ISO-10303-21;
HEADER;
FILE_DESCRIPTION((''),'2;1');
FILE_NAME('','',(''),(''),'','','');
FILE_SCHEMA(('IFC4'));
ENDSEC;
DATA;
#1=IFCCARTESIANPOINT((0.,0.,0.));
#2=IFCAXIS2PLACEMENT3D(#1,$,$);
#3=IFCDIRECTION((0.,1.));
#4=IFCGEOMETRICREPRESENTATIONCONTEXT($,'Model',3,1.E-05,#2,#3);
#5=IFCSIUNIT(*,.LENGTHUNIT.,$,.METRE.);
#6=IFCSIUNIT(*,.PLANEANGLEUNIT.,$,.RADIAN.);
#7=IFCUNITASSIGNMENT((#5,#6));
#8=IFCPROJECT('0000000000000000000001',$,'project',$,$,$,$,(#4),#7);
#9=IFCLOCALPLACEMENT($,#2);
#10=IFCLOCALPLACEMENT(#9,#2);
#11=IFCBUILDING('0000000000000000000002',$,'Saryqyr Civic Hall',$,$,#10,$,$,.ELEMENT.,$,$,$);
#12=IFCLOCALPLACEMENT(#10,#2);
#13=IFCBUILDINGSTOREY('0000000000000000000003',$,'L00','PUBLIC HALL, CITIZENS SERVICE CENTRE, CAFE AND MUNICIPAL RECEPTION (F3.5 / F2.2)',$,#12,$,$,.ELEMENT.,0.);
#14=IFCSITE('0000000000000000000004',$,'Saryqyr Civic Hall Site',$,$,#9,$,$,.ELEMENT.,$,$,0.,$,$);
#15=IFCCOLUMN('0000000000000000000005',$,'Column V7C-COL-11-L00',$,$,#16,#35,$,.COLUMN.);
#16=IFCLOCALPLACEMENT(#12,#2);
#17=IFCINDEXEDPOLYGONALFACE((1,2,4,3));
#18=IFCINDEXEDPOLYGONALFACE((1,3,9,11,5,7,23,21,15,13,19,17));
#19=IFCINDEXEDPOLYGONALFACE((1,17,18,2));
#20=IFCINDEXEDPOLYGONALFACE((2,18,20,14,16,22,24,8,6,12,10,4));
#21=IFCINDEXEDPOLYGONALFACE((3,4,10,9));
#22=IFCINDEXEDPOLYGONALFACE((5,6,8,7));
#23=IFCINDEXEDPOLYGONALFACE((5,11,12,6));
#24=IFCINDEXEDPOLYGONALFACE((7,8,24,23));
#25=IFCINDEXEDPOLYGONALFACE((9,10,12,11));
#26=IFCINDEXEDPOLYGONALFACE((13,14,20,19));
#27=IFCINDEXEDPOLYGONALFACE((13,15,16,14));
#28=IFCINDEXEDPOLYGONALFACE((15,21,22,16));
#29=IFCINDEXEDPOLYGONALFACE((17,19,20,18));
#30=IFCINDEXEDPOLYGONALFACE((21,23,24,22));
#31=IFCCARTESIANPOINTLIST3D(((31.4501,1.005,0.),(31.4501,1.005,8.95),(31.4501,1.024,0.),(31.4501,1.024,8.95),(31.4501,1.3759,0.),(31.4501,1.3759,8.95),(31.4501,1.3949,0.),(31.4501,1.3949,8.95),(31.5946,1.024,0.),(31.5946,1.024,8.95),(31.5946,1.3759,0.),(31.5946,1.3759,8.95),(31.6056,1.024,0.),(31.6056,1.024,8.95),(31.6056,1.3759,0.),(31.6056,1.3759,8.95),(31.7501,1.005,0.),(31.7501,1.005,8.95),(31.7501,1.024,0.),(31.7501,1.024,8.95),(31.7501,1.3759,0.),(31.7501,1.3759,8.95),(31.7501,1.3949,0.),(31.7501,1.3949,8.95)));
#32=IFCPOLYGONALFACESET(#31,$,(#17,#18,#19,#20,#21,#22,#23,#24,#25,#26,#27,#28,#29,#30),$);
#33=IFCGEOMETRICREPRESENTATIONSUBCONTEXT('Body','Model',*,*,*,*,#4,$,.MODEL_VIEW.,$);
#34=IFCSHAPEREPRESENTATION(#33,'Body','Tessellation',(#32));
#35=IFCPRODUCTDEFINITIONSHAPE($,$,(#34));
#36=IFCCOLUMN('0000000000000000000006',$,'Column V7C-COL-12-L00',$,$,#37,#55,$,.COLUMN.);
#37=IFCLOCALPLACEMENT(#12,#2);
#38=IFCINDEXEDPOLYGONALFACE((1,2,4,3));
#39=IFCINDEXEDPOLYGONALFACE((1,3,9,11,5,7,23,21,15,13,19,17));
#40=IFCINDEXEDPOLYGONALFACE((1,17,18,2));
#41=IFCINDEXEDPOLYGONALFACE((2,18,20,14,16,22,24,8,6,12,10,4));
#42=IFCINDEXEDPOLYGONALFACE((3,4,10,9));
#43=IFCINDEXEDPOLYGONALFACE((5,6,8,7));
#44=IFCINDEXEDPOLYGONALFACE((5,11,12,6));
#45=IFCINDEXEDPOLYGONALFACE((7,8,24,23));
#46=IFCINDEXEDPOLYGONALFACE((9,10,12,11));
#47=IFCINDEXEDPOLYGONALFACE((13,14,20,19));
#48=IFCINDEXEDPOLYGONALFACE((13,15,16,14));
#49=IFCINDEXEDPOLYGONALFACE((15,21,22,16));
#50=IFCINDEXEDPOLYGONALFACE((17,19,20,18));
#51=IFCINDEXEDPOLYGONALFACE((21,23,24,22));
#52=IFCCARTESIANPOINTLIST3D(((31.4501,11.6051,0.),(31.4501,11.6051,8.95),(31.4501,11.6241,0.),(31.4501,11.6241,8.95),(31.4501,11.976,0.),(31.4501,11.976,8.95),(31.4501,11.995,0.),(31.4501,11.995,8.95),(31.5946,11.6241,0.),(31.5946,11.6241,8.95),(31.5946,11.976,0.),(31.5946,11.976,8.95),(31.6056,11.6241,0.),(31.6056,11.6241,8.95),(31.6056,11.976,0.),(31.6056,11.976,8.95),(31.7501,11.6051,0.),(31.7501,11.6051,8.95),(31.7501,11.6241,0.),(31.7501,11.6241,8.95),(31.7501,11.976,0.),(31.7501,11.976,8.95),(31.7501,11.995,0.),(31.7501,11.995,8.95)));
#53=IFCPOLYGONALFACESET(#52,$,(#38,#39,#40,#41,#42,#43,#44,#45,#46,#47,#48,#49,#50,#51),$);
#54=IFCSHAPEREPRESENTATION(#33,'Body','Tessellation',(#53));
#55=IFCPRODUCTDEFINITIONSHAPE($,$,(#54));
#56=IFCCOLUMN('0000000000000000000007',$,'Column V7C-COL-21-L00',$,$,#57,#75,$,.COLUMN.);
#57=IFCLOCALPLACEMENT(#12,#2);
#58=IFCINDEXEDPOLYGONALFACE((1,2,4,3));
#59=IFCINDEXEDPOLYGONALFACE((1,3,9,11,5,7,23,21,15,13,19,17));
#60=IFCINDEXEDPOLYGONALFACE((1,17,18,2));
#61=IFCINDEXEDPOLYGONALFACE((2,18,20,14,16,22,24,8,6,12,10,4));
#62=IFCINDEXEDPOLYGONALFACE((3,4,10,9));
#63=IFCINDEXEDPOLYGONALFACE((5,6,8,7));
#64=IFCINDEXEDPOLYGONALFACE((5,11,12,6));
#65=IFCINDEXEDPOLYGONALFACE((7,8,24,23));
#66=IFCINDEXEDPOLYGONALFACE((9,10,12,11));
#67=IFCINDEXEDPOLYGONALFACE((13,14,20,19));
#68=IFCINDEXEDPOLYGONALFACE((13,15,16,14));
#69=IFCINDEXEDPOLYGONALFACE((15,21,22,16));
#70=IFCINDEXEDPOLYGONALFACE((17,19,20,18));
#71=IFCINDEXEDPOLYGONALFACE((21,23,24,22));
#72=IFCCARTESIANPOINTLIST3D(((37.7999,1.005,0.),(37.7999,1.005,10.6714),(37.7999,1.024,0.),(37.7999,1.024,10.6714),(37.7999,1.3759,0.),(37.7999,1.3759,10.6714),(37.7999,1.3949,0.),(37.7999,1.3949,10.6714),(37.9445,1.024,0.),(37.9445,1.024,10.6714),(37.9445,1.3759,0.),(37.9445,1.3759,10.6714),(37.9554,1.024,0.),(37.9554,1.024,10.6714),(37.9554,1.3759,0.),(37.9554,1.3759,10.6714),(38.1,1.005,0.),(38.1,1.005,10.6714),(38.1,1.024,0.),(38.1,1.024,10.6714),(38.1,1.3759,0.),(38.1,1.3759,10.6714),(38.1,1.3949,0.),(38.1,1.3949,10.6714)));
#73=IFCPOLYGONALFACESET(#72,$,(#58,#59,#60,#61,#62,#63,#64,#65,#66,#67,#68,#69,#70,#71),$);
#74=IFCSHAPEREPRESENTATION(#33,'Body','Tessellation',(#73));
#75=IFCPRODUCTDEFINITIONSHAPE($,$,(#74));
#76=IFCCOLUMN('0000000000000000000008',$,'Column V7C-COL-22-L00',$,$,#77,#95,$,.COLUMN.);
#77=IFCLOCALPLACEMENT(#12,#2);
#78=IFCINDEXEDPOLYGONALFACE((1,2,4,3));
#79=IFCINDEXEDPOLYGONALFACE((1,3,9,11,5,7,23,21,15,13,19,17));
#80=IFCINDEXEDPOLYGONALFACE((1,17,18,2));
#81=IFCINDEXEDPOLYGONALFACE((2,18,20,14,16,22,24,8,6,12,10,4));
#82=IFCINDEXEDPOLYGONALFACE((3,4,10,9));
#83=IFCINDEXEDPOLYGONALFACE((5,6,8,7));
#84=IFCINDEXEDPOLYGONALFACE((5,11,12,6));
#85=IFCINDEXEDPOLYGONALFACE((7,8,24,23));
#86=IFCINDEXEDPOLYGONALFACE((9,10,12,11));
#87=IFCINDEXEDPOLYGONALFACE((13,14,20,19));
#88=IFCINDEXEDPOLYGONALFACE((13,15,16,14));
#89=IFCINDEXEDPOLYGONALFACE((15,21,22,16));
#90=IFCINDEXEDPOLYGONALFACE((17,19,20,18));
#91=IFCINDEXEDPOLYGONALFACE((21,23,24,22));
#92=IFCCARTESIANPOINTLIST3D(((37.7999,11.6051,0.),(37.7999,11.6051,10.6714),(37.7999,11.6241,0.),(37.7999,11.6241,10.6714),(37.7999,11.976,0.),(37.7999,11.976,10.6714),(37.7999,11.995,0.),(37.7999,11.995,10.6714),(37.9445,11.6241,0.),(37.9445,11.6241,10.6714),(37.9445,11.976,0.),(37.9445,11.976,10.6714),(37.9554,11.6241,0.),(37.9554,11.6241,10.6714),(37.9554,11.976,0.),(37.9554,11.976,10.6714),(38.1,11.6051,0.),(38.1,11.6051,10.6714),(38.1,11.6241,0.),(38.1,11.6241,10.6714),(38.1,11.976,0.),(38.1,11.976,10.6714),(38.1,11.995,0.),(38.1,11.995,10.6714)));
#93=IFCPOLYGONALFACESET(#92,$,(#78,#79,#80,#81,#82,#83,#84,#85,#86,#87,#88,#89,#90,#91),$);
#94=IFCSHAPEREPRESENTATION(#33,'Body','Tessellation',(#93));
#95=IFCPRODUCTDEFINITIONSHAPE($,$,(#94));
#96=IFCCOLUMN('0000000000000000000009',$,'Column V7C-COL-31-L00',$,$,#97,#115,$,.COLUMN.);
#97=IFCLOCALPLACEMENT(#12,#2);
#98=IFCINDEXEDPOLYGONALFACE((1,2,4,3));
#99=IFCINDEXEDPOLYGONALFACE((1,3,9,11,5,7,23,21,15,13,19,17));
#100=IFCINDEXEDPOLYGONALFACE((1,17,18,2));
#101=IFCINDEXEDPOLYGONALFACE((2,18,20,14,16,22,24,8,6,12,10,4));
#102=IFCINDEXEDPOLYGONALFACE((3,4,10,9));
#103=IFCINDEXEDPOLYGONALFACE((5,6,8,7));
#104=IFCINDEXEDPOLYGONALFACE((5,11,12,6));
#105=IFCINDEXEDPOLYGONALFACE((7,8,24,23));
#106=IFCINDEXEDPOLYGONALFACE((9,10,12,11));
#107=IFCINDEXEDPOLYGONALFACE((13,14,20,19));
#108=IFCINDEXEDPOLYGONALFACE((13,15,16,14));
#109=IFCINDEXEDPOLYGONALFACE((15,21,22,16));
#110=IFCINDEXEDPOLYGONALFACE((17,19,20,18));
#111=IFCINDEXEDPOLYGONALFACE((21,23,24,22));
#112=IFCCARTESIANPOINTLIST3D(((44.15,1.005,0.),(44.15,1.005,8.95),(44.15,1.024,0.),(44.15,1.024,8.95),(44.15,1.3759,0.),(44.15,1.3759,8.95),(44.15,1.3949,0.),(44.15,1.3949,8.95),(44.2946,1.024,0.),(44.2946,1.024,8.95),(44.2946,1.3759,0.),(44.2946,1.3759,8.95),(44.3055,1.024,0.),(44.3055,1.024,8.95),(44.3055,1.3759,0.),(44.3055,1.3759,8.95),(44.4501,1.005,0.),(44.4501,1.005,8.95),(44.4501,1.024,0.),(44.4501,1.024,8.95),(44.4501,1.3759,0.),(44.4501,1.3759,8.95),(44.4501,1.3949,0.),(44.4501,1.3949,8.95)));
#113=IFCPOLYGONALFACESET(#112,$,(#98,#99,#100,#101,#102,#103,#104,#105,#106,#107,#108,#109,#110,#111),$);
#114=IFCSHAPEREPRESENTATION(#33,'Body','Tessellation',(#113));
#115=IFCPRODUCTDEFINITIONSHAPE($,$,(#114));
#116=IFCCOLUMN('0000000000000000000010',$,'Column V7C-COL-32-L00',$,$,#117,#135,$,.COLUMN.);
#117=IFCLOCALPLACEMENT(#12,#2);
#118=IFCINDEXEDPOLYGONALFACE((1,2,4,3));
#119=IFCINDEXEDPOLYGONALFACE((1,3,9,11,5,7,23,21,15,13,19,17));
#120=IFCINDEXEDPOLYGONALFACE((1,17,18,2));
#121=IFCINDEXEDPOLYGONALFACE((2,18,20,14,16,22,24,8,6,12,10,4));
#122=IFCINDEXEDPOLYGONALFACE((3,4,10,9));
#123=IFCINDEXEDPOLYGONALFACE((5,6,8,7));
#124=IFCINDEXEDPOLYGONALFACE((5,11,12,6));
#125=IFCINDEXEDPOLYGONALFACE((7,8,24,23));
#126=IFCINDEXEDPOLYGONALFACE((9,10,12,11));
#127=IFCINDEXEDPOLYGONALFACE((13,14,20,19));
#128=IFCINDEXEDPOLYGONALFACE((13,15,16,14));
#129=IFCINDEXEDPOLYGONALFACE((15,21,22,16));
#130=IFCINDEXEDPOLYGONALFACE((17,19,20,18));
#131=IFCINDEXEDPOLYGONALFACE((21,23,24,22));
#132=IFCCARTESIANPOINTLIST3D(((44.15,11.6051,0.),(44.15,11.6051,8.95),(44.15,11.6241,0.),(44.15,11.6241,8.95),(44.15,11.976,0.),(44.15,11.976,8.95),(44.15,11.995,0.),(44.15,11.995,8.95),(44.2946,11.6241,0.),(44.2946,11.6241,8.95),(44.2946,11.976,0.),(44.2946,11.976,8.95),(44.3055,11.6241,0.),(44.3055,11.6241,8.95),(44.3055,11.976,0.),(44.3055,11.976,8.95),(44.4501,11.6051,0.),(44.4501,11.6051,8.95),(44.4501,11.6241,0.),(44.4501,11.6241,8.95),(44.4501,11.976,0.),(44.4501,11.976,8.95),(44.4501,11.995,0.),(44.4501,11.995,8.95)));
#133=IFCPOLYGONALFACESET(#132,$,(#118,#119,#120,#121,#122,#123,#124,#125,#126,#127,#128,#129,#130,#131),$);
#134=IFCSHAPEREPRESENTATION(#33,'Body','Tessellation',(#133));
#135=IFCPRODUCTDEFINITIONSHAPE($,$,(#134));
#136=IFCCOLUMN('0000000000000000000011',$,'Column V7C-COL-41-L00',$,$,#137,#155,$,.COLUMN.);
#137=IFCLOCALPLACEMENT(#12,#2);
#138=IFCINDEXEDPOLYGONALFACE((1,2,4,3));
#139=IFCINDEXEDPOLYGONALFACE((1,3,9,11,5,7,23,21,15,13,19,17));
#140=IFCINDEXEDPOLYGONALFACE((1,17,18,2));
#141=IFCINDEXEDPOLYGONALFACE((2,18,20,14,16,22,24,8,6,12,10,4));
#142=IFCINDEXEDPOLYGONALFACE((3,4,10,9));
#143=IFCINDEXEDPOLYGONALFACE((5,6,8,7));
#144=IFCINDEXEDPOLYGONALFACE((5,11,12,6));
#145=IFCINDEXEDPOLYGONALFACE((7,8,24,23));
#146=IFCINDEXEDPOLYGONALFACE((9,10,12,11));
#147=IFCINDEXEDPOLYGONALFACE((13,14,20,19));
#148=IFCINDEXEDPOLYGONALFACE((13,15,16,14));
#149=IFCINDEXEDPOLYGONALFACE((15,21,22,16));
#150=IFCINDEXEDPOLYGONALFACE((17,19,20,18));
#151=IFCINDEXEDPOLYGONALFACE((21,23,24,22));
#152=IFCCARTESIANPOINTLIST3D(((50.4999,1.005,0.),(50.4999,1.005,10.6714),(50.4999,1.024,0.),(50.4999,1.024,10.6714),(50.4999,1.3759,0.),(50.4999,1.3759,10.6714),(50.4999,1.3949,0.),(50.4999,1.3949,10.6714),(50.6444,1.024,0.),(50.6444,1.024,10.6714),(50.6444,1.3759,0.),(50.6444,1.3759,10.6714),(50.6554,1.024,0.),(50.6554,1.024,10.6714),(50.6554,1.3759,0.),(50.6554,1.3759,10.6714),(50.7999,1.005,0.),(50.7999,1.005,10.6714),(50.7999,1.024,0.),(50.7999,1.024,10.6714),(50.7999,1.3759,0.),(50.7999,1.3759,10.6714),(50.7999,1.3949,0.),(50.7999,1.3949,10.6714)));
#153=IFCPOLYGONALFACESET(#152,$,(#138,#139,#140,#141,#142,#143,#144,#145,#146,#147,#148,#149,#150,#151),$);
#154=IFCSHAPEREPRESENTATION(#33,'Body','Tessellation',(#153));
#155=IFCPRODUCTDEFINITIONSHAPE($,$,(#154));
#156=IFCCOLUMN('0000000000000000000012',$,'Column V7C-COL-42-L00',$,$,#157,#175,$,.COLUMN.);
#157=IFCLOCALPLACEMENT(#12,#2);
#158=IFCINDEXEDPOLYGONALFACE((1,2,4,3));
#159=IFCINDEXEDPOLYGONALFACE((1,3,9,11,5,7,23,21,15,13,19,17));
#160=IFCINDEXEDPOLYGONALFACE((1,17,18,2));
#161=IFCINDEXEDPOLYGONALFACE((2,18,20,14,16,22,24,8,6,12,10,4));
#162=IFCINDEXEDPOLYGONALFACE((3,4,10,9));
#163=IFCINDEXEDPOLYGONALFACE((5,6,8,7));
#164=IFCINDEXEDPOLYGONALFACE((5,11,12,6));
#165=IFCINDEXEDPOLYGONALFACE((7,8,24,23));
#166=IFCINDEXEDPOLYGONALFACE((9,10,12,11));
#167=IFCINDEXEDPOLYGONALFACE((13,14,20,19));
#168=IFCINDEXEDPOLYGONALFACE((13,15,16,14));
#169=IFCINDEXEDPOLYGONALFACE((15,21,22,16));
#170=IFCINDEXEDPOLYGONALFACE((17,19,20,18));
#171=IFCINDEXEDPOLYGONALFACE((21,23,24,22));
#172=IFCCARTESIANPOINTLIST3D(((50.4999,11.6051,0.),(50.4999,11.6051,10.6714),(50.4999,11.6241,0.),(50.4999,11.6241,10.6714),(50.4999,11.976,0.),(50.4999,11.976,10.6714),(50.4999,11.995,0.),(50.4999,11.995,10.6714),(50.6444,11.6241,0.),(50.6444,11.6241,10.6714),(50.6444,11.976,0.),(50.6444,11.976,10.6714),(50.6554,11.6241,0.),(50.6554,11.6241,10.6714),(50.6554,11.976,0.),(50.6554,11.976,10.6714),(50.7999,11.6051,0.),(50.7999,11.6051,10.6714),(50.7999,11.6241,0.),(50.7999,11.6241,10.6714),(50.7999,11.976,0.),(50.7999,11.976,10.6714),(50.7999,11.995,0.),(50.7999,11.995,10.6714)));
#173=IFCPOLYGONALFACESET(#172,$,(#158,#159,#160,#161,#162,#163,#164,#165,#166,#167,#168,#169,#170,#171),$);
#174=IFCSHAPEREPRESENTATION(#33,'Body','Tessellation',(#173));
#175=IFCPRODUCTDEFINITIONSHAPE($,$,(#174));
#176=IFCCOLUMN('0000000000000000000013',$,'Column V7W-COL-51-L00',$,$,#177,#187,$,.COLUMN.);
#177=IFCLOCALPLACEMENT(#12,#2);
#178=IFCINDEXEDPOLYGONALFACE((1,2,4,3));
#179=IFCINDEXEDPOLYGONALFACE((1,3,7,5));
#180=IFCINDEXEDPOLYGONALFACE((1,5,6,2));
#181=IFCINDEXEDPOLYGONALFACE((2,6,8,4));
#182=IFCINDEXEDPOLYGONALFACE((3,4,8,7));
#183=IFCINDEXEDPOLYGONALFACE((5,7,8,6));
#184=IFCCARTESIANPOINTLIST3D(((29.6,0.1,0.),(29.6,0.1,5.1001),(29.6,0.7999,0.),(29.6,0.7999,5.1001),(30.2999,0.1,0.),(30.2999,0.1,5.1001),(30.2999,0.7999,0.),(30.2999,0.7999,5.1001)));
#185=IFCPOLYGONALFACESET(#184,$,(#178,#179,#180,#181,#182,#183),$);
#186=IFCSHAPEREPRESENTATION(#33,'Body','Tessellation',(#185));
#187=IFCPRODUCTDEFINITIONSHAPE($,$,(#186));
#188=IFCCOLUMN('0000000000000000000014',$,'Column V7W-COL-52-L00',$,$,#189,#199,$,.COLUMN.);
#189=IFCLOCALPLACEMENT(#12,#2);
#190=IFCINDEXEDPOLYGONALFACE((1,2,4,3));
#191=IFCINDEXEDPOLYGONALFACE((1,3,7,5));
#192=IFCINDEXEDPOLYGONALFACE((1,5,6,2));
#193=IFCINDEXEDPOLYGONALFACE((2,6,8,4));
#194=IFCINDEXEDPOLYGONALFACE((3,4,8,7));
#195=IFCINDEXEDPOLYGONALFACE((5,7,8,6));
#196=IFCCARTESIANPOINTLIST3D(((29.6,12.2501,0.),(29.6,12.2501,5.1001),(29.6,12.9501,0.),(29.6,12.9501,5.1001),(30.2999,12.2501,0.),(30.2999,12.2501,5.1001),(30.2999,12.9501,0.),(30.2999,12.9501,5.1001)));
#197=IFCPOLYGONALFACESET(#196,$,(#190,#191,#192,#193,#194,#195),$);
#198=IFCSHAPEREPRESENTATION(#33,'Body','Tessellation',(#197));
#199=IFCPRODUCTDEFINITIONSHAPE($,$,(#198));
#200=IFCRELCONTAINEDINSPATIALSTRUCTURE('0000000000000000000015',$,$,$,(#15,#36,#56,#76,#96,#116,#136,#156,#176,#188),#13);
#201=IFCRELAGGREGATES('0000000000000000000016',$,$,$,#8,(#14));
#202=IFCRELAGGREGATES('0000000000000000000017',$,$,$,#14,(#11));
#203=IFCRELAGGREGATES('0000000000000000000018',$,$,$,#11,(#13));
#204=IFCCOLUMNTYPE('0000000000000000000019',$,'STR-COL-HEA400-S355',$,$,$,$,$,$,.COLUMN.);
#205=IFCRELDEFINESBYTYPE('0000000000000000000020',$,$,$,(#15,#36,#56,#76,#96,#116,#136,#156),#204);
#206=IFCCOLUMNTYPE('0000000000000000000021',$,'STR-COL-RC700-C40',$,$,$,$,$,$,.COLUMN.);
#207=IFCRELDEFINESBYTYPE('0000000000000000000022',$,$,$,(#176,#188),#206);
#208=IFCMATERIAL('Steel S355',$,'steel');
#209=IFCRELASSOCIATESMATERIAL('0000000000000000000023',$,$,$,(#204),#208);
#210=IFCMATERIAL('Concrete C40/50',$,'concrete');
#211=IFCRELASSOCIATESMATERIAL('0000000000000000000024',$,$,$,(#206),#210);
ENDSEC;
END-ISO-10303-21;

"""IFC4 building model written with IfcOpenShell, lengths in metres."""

from ifc_helpers import new_model, si_unit, direction, frame, origin, origin_2d, place, context, subcontext, project, spatial, rectangle, i_section, extrude, material, material_profile, profile_set, type_object, element, save


model = new_model("IFC4")

# Units and contexts
model_context = context("Model", 3, precision=1e-05, world=origin(), true_north=direction((0.0, 1.0)))
body_context = subcontext(model_context, "Body", "Model", "MODEL_VIEW")
ifc_project = project(units=[si_unit("LENGTHUNIT", "METRE"), si_unit("PLANEANGLEUNIT", "RADIAN")], contexts=[model_context])

# Site, building, storey
site_placement = place(None, origin())
site = spatial("IfcSite", under=ifc_project, at=site_placement, Name="Saryqyr Civic Hall Site", CompositionType="ELEMENT", RefElevation=0.0)
building_placement = place(site_placement, origin())
building = spatial("IfcBuilding", under=site, at=building_placement, Name="Saryqyr Civic Hall", CompositionType="ELEMENT")
storey_placement = place(building_placement, origin())
storey = spatial("IfcBuildingStorey", under=building, at=storey_placement, Name="L00", Description="PUBLIC HALL, CITIZENS SERVICE CENTRE, CAFE AND MUNICIPAL RECEPTION (F3.5 / F2.2)", CompositionType="ELEMENT", Elevation=0.0)

# Columns
ifc_material_1 = material(Name="Steel S355", Category="steel")
ifc_material_profile_1 = material_profile(ifc_material_1, i_section(OverallWidth=0.3, OverallDepth=0.3899, WebThickness=0.011, FlangeThickness=0.019, at=origin_2d()), Name="HEA 400")
ifc_profile_set_1 = profile_set([ifc_material_profile_1], Name="Steel S355")
column_type_1 = type_object("IfcColumnType", Name="STR-COL-HEA400-S355", PredefinedType="COLUMN", material=ifc_profile_set_1)
for number, where, z_axis, x_axis, name in (
    (1, (31.6001, 1.2, 0.0), (0.0, 0.0, 1.0), (1.0, 0.0, 0.0), "Column V7C-COL-11-L00"),
    (2, (31.6001, 11.8, 0.0), (0.0, 0.0, 1.0), (1.0, 0.0, 0.0), "Column V7C-COL-12-L00"),
):
    element("IfcColumn", number, at=place(storey_placement, frame(where, z_axis=z_axis, x_axis=x_axis)), inside=storey, type_object=column_type_1, Name=name, PredefinedType="COLUMN", context=body_context, shape_type="SweptSolid", body=[
        extrude(i_section(OverallWidth=0.3, OverallDepth=0.3899, WebThickness=0.011, FlangeThickness=0.019, at=origin_2d()), origin(), (0.0, 0.0, 1.0), 8.95),
    ])
for number, where, z_axis, x_axis, name in (
    (3, (37.95, 1.2, 0.0), (0.0, 0.0, 1.0), (1.0, 0.0, 0.0), "Column V7C-COL-21-L00"),
    (4, (37.95, 11.8, 0.0), (0.0, 0.0, 1.0), (1.0, 0.0, 0.0), "Column V7C-COL-22-L00"),
):
    element("IfcColumn", number, at=place(storey_placement, frame(where, z_axis=z_axis, x_axis=x_axis)), inside=storey, type_object=column_type_1, Name=name, PredefinedType="COLUMN", context=body_context, shape_type="SweptSolid", body=[
        extrude(i_section(OverallWidth=0.3, OverallDepth=0.3899, WebThickness=0.011, FlangeThickness=0.019, at=origin_2d()), origin(), (0.0, 0.0, 1.0), 10.6714),
    ])
for number, where, z_axis, x_axis, name in (
    (5, (44.3, 1.2, 0.0), (0.0, 0.0, 1.0), (1.0, 0.0, 0.0), "Column V7C-COL-31-L00"),
    (6, (44.3, 11.8, 0.0), (0.0, 0.0, 1.0), (1.0, 0.0, 0.0), "Column V7C-COL-32-L00"),
):
    element("IfcColumn", number, at=place(storey_placement, frame(where, z_axis=z_axis, x_axis=x_axis)), inside=storey, type_object=column_type_1, Name=name, PredefinedType="COLUMN", context=body_context, shape_type="SweptSolid", body=[
        extrude(i_section(OverallWidth=0.3, OverallDepth=0.3899, WebThickness=0.011, FlangeThickness=0.019, at=origin_2d()), origin(), (0.0, 0.0, 1.0), 8.95),
    ])
for number, where, z_axis, x_axis, name in (
    (7, (50.6499, 1.2, 0.0), (0.0, 0.0, 1.0), (1.0, 0.0, 0.0), "Column V7C-COL-41-L00"),
    (8, (50.6499, 11.8, 0.0), (0.0, 0.0, 1.0), (1.0, 0.0, 0.0), "Column V7C-COL-42-L00"),
):
    element("IfcColumn", number, at=place(storey_placement, frame(where, z_axis=z_axis, x_axis=x_axis)), inside=storey, type_object=column_type_1, Name=name, PredefinedType="COLUMN", context=body_context, shape_type="SweptSolid", body=[
        extrude(i_section(OverallWidth=0.3, OverallDepth=0.3899, WebThickness=0.011, FlangeThickness=0.019, at=origin_2d()), origin(), (0.0, 0.0, 1.0), 10.6714),
    ])
ifc_material_2 = material(Name="Concrete C40/50", Category="concrete")
ifc_material_profile_2 = material_profile(ifc_material_2, rectangle(XDim=0.7, YDim=0.7, at=origin_2d()), Name="RC 700x700")
ifc_profile_set_2 = profile_set([ifc_material_profile_2], Name="Concrete C40/50")
column_type_2 = type_object("IfcColumnType", Name="STR-COL-RC700-C40", PredefinedType="COLUMN", material=ifc_profile_set_2)
for number, where, z_axis, x_axis, name in (
    (9, (29.95, 0.45, 0.0), (0.0, 0.0, 1.0), (1.0, 0.0, 0.0), "Column V7W-COL-51-L00"),
    (10, (29.95, 12.6001, 0.0), (0.0, 0.0, 1.0), (1.0, 0.0, 0.0), "Column V7W-COL-52-L00"),
):
    element("IfcColumn", number, at=place(storey_placement, frame(where, z_axis=z_axis, x_axis=x_axis)), inside=storey, type_object=column_type_2, Name=name, PredefinedType="COLUMN", context=body_context, shape_type="SweptSolid", body=[
        extrude(rectangle(XDim=0.7, YDim=0.7, at=origin_2d()), origin(), (0.0, 0.0, 1.0), 5.1001),
    ])

save(model, "model.ifc")
